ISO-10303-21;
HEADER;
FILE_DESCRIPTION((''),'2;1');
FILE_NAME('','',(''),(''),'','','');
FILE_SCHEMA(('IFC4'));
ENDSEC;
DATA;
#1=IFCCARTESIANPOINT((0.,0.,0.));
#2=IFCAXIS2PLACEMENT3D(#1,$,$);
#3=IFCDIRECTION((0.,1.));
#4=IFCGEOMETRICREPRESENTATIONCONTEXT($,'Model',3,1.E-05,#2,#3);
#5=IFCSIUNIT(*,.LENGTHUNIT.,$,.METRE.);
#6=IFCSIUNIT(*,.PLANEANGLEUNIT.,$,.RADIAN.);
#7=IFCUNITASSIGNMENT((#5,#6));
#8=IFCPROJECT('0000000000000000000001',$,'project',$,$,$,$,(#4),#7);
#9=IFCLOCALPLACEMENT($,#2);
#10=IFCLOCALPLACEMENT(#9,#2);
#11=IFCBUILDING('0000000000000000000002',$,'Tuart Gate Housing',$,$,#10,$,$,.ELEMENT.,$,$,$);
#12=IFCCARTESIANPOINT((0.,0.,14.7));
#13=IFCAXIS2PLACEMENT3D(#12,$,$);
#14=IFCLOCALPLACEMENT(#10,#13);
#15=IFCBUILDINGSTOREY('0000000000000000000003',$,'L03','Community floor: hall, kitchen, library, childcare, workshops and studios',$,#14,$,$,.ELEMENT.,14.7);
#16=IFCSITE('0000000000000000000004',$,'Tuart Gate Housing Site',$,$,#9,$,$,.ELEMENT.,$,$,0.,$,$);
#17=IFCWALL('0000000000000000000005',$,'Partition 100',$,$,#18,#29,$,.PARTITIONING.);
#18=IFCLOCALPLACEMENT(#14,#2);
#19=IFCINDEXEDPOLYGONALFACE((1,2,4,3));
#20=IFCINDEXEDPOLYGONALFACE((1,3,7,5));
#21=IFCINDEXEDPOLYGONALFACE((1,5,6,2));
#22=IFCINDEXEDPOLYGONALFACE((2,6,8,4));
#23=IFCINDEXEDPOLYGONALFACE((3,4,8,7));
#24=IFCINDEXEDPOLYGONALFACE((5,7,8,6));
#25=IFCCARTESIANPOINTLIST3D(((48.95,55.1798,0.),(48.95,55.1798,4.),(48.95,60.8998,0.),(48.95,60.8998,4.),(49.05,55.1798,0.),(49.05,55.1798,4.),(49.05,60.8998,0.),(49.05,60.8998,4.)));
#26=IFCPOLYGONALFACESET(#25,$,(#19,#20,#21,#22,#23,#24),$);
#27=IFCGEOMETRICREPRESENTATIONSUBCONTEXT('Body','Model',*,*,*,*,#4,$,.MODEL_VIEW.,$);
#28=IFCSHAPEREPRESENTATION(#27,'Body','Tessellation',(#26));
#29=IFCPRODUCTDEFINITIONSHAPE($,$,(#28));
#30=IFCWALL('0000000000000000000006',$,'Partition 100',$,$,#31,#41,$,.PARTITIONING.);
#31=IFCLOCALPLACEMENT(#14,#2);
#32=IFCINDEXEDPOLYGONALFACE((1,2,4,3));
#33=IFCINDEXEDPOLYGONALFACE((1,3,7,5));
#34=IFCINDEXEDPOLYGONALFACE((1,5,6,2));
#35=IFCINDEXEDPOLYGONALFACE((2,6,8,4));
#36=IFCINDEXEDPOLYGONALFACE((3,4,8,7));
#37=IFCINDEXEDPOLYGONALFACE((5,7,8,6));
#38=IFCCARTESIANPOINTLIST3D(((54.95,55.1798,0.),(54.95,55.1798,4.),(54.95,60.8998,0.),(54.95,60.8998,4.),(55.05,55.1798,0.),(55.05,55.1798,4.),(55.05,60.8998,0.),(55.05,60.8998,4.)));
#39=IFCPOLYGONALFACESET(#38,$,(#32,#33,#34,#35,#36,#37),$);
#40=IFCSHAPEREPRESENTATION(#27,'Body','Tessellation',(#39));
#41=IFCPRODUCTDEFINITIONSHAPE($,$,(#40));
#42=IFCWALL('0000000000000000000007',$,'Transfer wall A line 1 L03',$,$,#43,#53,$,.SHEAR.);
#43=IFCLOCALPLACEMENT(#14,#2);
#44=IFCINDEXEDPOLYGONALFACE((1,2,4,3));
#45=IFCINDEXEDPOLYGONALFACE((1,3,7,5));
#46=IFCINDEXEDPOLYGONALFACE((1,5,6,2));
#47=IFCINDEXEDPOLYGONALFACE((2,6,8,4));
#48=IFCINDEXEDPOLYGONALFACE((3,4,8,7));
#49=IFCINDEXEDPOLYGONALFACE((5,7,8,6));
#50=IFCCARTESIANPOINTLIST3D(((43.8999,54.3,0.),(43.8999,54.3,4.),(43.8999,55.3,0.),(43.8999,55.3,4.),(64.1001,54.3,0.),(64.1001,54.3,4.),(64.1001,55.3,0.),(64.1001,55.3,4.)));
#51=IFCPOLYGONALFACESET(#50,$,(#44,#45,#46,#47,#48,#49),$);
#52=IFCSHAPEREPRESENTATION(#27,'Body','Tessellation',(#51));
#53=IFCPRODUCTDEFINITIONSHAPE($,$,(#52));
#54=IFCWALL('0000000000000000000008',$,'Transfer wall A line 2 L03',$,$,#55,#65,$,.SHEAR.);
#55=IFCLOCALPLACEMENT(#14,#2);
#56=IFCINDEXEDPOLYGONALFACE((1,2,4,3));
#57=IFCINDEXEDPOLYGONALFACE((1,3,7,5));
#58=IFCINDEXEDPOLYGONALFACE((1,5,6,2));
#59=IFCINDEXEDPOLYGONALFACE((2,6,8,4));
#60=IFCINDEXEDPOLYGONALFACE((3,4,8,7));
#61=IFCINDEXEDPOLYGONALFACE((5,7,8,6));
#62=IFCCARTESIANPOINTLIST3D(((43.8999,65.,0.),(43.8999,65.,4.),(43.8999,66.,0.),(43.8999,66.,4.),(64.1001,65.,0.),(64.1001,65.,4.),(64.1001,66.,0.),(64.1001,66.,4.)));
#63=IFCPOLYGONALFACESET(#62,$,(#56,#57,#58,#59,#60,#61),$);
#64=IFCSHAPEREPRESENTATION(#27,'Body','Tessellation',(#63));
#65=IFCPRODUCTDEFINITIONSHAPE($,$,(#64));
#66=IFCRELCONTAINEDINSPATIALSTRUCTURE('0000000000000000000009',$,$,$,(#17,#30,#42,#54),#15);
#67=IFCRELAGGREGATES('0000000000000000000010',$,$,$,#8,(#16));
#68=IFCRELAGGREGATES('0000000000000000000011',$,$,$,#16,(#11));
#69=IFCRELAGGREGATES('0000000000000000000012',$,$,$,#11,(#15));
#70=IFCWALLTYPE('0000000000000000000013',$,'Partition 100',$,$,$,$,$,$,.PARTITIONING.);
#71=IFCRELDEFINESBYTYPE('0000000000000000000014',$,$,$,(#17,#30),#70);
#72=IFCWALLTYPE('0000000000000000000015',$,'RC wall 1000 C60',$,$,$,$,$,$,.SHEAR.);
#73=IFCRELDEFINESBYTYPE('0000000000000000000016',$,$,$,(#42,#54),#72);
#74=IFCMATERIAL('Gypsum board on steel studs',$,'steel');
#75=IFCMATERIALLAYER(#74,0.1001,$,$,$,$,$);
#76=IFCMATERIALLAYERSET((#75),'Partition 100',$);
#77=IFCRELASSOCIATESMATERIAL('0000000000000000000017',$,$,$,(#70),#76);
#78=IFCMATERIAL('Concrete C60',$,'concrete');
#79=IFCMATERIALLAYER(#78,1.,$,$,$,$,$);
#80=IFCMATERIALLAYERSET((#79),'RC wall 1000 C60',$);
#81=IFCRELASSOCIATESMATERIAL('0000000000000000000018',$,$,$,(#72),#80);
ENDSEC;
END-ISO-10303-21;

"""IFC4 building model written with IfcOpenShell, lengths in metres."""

from ifc_helpers import new_model, si_unit, direction, frame, frame_2d, origin, place, context, subcontext, project, spatial, rectangle, extrude, material, layer, layer_set, type_object, element, save


model = new_model("IFC4")

# Units and contexts
model_context = context("Model", 3, precision=1e-05, world=origin(), true_north=direction((0.0, 1.0)))
body_context = subcontext(model_context, "Body", "Model", "MODEL_VIEW")
ifc_project = project(units=[si_unit("LENGTHUNIT", "METRE"), si_unit("PLANEANGLEUNIT", "RADIAN")], contexts=[model_context])

# Site, building, storey
site_placement = place(None, origin())
site = spatial("IfcSite", under=ifc_project, at=site_placement, Name="Tuart Gate Housing Site", CompositionType="ELEMENT", RefElevation=0.0)
building_placement = place(site_placement, origin())
building = spatial("IfcBuilding", under=site, at=building_placement, Name="Tuart Gate Housing", CompositionType="ELEMENT")
storey_placement = place(building_placement, frame((0.0, 0.0, 14.7)))
storey = spatial("IfcBuildingStorey", under=building, at=storey_placement, Name="L03", Description="Community floor: hall, kitchen, library, childcare, workshops and studios", CompositionType="ELEMENT", Elevation=14.7)

# Walls
ifc_material_1 = material(Name="Gypsum board on steel studs", Category="steel")
ifc_layer_1 = layer(ifc_material_1, 0.1001)
ifc_layer_set_1 = layer_set([ifc_layer_1], Name="Partition 100")
wall_type_1 = type_object("IfcWallType", Name="Partition 100", PredefinedType="PARTITIONING", material=ifc_layer_set_1)
for number, where, z_axis, x_axis, name in (
    (1, (49.0, 55.1799, 0.0), (0.0, 0.0, 1.0), (0.0, 1.0, 0.0), "Partition 100"),
    (2, (55.0, 55.1799, 0.0), (0.0, 0.0, 1.0), (0.0, 1.0, 0.0), "Partition 100"),
):
    element("IfcWall", number, at=place(storey_placement, frame(where, z_axis=z_axis, x_axis=x_axis)), inside=storey, type_object=wall_type_1, Name=name, PredefinedType="PARTITIONING", context=body_context, shape_type="SweptSolid", body=[
        extrude(rectangle(XDim=5.72, YDim=0.1001, at=frame_2d((2.8599, 0.0))), origin(), (0.0, 0.0, 1.0), 4.0),
    ])
ifc_material_2 = material(Name="Concrete C60", Category="concrete")
ifc_layer_2 = layer(ifc_material_2, 1.0)
ifc_layer_set_2 = layer_set([ifc_layer_2], Name="RC wall 1000 C60")
wall_type_2 = type_object("IfcWallType", Name="RC wall 1000 C60", PredefinedType="SHEAR", material=ifc_layer_set_2)
for number, where, z_axis, x_axis, name in (
    (3, (43.8999, 54.8, 0.0), (0.0, 0.0, 1.0), (1.0, 0.0, 0.0), "Transfer wall A line 1 L03"),
    (4, (43.8999, 65.5, 0.0), (0.0, 0.0, 1.0), (1.0, 0.0, 0.0), "Transfer wall A line 2 L03"),
):
    element("IfcWall", number, at=place(storey_placement, frame(where, z_axis=z_axis, x_axis=x_axis)), inside=storey, type_object=wall_type_2, Name=name, PredefinedType="SHEAR", context=body_context, shape_type="SweptSolid", body=[
        extrude(rectangle(XDim=20.2002, YDim=1.0, at=frame_2d((10.1001, 0.0))), origin(), (0.0, 0.0, 1.0), 4.0),
    ])

save(model, "model.ifc")
